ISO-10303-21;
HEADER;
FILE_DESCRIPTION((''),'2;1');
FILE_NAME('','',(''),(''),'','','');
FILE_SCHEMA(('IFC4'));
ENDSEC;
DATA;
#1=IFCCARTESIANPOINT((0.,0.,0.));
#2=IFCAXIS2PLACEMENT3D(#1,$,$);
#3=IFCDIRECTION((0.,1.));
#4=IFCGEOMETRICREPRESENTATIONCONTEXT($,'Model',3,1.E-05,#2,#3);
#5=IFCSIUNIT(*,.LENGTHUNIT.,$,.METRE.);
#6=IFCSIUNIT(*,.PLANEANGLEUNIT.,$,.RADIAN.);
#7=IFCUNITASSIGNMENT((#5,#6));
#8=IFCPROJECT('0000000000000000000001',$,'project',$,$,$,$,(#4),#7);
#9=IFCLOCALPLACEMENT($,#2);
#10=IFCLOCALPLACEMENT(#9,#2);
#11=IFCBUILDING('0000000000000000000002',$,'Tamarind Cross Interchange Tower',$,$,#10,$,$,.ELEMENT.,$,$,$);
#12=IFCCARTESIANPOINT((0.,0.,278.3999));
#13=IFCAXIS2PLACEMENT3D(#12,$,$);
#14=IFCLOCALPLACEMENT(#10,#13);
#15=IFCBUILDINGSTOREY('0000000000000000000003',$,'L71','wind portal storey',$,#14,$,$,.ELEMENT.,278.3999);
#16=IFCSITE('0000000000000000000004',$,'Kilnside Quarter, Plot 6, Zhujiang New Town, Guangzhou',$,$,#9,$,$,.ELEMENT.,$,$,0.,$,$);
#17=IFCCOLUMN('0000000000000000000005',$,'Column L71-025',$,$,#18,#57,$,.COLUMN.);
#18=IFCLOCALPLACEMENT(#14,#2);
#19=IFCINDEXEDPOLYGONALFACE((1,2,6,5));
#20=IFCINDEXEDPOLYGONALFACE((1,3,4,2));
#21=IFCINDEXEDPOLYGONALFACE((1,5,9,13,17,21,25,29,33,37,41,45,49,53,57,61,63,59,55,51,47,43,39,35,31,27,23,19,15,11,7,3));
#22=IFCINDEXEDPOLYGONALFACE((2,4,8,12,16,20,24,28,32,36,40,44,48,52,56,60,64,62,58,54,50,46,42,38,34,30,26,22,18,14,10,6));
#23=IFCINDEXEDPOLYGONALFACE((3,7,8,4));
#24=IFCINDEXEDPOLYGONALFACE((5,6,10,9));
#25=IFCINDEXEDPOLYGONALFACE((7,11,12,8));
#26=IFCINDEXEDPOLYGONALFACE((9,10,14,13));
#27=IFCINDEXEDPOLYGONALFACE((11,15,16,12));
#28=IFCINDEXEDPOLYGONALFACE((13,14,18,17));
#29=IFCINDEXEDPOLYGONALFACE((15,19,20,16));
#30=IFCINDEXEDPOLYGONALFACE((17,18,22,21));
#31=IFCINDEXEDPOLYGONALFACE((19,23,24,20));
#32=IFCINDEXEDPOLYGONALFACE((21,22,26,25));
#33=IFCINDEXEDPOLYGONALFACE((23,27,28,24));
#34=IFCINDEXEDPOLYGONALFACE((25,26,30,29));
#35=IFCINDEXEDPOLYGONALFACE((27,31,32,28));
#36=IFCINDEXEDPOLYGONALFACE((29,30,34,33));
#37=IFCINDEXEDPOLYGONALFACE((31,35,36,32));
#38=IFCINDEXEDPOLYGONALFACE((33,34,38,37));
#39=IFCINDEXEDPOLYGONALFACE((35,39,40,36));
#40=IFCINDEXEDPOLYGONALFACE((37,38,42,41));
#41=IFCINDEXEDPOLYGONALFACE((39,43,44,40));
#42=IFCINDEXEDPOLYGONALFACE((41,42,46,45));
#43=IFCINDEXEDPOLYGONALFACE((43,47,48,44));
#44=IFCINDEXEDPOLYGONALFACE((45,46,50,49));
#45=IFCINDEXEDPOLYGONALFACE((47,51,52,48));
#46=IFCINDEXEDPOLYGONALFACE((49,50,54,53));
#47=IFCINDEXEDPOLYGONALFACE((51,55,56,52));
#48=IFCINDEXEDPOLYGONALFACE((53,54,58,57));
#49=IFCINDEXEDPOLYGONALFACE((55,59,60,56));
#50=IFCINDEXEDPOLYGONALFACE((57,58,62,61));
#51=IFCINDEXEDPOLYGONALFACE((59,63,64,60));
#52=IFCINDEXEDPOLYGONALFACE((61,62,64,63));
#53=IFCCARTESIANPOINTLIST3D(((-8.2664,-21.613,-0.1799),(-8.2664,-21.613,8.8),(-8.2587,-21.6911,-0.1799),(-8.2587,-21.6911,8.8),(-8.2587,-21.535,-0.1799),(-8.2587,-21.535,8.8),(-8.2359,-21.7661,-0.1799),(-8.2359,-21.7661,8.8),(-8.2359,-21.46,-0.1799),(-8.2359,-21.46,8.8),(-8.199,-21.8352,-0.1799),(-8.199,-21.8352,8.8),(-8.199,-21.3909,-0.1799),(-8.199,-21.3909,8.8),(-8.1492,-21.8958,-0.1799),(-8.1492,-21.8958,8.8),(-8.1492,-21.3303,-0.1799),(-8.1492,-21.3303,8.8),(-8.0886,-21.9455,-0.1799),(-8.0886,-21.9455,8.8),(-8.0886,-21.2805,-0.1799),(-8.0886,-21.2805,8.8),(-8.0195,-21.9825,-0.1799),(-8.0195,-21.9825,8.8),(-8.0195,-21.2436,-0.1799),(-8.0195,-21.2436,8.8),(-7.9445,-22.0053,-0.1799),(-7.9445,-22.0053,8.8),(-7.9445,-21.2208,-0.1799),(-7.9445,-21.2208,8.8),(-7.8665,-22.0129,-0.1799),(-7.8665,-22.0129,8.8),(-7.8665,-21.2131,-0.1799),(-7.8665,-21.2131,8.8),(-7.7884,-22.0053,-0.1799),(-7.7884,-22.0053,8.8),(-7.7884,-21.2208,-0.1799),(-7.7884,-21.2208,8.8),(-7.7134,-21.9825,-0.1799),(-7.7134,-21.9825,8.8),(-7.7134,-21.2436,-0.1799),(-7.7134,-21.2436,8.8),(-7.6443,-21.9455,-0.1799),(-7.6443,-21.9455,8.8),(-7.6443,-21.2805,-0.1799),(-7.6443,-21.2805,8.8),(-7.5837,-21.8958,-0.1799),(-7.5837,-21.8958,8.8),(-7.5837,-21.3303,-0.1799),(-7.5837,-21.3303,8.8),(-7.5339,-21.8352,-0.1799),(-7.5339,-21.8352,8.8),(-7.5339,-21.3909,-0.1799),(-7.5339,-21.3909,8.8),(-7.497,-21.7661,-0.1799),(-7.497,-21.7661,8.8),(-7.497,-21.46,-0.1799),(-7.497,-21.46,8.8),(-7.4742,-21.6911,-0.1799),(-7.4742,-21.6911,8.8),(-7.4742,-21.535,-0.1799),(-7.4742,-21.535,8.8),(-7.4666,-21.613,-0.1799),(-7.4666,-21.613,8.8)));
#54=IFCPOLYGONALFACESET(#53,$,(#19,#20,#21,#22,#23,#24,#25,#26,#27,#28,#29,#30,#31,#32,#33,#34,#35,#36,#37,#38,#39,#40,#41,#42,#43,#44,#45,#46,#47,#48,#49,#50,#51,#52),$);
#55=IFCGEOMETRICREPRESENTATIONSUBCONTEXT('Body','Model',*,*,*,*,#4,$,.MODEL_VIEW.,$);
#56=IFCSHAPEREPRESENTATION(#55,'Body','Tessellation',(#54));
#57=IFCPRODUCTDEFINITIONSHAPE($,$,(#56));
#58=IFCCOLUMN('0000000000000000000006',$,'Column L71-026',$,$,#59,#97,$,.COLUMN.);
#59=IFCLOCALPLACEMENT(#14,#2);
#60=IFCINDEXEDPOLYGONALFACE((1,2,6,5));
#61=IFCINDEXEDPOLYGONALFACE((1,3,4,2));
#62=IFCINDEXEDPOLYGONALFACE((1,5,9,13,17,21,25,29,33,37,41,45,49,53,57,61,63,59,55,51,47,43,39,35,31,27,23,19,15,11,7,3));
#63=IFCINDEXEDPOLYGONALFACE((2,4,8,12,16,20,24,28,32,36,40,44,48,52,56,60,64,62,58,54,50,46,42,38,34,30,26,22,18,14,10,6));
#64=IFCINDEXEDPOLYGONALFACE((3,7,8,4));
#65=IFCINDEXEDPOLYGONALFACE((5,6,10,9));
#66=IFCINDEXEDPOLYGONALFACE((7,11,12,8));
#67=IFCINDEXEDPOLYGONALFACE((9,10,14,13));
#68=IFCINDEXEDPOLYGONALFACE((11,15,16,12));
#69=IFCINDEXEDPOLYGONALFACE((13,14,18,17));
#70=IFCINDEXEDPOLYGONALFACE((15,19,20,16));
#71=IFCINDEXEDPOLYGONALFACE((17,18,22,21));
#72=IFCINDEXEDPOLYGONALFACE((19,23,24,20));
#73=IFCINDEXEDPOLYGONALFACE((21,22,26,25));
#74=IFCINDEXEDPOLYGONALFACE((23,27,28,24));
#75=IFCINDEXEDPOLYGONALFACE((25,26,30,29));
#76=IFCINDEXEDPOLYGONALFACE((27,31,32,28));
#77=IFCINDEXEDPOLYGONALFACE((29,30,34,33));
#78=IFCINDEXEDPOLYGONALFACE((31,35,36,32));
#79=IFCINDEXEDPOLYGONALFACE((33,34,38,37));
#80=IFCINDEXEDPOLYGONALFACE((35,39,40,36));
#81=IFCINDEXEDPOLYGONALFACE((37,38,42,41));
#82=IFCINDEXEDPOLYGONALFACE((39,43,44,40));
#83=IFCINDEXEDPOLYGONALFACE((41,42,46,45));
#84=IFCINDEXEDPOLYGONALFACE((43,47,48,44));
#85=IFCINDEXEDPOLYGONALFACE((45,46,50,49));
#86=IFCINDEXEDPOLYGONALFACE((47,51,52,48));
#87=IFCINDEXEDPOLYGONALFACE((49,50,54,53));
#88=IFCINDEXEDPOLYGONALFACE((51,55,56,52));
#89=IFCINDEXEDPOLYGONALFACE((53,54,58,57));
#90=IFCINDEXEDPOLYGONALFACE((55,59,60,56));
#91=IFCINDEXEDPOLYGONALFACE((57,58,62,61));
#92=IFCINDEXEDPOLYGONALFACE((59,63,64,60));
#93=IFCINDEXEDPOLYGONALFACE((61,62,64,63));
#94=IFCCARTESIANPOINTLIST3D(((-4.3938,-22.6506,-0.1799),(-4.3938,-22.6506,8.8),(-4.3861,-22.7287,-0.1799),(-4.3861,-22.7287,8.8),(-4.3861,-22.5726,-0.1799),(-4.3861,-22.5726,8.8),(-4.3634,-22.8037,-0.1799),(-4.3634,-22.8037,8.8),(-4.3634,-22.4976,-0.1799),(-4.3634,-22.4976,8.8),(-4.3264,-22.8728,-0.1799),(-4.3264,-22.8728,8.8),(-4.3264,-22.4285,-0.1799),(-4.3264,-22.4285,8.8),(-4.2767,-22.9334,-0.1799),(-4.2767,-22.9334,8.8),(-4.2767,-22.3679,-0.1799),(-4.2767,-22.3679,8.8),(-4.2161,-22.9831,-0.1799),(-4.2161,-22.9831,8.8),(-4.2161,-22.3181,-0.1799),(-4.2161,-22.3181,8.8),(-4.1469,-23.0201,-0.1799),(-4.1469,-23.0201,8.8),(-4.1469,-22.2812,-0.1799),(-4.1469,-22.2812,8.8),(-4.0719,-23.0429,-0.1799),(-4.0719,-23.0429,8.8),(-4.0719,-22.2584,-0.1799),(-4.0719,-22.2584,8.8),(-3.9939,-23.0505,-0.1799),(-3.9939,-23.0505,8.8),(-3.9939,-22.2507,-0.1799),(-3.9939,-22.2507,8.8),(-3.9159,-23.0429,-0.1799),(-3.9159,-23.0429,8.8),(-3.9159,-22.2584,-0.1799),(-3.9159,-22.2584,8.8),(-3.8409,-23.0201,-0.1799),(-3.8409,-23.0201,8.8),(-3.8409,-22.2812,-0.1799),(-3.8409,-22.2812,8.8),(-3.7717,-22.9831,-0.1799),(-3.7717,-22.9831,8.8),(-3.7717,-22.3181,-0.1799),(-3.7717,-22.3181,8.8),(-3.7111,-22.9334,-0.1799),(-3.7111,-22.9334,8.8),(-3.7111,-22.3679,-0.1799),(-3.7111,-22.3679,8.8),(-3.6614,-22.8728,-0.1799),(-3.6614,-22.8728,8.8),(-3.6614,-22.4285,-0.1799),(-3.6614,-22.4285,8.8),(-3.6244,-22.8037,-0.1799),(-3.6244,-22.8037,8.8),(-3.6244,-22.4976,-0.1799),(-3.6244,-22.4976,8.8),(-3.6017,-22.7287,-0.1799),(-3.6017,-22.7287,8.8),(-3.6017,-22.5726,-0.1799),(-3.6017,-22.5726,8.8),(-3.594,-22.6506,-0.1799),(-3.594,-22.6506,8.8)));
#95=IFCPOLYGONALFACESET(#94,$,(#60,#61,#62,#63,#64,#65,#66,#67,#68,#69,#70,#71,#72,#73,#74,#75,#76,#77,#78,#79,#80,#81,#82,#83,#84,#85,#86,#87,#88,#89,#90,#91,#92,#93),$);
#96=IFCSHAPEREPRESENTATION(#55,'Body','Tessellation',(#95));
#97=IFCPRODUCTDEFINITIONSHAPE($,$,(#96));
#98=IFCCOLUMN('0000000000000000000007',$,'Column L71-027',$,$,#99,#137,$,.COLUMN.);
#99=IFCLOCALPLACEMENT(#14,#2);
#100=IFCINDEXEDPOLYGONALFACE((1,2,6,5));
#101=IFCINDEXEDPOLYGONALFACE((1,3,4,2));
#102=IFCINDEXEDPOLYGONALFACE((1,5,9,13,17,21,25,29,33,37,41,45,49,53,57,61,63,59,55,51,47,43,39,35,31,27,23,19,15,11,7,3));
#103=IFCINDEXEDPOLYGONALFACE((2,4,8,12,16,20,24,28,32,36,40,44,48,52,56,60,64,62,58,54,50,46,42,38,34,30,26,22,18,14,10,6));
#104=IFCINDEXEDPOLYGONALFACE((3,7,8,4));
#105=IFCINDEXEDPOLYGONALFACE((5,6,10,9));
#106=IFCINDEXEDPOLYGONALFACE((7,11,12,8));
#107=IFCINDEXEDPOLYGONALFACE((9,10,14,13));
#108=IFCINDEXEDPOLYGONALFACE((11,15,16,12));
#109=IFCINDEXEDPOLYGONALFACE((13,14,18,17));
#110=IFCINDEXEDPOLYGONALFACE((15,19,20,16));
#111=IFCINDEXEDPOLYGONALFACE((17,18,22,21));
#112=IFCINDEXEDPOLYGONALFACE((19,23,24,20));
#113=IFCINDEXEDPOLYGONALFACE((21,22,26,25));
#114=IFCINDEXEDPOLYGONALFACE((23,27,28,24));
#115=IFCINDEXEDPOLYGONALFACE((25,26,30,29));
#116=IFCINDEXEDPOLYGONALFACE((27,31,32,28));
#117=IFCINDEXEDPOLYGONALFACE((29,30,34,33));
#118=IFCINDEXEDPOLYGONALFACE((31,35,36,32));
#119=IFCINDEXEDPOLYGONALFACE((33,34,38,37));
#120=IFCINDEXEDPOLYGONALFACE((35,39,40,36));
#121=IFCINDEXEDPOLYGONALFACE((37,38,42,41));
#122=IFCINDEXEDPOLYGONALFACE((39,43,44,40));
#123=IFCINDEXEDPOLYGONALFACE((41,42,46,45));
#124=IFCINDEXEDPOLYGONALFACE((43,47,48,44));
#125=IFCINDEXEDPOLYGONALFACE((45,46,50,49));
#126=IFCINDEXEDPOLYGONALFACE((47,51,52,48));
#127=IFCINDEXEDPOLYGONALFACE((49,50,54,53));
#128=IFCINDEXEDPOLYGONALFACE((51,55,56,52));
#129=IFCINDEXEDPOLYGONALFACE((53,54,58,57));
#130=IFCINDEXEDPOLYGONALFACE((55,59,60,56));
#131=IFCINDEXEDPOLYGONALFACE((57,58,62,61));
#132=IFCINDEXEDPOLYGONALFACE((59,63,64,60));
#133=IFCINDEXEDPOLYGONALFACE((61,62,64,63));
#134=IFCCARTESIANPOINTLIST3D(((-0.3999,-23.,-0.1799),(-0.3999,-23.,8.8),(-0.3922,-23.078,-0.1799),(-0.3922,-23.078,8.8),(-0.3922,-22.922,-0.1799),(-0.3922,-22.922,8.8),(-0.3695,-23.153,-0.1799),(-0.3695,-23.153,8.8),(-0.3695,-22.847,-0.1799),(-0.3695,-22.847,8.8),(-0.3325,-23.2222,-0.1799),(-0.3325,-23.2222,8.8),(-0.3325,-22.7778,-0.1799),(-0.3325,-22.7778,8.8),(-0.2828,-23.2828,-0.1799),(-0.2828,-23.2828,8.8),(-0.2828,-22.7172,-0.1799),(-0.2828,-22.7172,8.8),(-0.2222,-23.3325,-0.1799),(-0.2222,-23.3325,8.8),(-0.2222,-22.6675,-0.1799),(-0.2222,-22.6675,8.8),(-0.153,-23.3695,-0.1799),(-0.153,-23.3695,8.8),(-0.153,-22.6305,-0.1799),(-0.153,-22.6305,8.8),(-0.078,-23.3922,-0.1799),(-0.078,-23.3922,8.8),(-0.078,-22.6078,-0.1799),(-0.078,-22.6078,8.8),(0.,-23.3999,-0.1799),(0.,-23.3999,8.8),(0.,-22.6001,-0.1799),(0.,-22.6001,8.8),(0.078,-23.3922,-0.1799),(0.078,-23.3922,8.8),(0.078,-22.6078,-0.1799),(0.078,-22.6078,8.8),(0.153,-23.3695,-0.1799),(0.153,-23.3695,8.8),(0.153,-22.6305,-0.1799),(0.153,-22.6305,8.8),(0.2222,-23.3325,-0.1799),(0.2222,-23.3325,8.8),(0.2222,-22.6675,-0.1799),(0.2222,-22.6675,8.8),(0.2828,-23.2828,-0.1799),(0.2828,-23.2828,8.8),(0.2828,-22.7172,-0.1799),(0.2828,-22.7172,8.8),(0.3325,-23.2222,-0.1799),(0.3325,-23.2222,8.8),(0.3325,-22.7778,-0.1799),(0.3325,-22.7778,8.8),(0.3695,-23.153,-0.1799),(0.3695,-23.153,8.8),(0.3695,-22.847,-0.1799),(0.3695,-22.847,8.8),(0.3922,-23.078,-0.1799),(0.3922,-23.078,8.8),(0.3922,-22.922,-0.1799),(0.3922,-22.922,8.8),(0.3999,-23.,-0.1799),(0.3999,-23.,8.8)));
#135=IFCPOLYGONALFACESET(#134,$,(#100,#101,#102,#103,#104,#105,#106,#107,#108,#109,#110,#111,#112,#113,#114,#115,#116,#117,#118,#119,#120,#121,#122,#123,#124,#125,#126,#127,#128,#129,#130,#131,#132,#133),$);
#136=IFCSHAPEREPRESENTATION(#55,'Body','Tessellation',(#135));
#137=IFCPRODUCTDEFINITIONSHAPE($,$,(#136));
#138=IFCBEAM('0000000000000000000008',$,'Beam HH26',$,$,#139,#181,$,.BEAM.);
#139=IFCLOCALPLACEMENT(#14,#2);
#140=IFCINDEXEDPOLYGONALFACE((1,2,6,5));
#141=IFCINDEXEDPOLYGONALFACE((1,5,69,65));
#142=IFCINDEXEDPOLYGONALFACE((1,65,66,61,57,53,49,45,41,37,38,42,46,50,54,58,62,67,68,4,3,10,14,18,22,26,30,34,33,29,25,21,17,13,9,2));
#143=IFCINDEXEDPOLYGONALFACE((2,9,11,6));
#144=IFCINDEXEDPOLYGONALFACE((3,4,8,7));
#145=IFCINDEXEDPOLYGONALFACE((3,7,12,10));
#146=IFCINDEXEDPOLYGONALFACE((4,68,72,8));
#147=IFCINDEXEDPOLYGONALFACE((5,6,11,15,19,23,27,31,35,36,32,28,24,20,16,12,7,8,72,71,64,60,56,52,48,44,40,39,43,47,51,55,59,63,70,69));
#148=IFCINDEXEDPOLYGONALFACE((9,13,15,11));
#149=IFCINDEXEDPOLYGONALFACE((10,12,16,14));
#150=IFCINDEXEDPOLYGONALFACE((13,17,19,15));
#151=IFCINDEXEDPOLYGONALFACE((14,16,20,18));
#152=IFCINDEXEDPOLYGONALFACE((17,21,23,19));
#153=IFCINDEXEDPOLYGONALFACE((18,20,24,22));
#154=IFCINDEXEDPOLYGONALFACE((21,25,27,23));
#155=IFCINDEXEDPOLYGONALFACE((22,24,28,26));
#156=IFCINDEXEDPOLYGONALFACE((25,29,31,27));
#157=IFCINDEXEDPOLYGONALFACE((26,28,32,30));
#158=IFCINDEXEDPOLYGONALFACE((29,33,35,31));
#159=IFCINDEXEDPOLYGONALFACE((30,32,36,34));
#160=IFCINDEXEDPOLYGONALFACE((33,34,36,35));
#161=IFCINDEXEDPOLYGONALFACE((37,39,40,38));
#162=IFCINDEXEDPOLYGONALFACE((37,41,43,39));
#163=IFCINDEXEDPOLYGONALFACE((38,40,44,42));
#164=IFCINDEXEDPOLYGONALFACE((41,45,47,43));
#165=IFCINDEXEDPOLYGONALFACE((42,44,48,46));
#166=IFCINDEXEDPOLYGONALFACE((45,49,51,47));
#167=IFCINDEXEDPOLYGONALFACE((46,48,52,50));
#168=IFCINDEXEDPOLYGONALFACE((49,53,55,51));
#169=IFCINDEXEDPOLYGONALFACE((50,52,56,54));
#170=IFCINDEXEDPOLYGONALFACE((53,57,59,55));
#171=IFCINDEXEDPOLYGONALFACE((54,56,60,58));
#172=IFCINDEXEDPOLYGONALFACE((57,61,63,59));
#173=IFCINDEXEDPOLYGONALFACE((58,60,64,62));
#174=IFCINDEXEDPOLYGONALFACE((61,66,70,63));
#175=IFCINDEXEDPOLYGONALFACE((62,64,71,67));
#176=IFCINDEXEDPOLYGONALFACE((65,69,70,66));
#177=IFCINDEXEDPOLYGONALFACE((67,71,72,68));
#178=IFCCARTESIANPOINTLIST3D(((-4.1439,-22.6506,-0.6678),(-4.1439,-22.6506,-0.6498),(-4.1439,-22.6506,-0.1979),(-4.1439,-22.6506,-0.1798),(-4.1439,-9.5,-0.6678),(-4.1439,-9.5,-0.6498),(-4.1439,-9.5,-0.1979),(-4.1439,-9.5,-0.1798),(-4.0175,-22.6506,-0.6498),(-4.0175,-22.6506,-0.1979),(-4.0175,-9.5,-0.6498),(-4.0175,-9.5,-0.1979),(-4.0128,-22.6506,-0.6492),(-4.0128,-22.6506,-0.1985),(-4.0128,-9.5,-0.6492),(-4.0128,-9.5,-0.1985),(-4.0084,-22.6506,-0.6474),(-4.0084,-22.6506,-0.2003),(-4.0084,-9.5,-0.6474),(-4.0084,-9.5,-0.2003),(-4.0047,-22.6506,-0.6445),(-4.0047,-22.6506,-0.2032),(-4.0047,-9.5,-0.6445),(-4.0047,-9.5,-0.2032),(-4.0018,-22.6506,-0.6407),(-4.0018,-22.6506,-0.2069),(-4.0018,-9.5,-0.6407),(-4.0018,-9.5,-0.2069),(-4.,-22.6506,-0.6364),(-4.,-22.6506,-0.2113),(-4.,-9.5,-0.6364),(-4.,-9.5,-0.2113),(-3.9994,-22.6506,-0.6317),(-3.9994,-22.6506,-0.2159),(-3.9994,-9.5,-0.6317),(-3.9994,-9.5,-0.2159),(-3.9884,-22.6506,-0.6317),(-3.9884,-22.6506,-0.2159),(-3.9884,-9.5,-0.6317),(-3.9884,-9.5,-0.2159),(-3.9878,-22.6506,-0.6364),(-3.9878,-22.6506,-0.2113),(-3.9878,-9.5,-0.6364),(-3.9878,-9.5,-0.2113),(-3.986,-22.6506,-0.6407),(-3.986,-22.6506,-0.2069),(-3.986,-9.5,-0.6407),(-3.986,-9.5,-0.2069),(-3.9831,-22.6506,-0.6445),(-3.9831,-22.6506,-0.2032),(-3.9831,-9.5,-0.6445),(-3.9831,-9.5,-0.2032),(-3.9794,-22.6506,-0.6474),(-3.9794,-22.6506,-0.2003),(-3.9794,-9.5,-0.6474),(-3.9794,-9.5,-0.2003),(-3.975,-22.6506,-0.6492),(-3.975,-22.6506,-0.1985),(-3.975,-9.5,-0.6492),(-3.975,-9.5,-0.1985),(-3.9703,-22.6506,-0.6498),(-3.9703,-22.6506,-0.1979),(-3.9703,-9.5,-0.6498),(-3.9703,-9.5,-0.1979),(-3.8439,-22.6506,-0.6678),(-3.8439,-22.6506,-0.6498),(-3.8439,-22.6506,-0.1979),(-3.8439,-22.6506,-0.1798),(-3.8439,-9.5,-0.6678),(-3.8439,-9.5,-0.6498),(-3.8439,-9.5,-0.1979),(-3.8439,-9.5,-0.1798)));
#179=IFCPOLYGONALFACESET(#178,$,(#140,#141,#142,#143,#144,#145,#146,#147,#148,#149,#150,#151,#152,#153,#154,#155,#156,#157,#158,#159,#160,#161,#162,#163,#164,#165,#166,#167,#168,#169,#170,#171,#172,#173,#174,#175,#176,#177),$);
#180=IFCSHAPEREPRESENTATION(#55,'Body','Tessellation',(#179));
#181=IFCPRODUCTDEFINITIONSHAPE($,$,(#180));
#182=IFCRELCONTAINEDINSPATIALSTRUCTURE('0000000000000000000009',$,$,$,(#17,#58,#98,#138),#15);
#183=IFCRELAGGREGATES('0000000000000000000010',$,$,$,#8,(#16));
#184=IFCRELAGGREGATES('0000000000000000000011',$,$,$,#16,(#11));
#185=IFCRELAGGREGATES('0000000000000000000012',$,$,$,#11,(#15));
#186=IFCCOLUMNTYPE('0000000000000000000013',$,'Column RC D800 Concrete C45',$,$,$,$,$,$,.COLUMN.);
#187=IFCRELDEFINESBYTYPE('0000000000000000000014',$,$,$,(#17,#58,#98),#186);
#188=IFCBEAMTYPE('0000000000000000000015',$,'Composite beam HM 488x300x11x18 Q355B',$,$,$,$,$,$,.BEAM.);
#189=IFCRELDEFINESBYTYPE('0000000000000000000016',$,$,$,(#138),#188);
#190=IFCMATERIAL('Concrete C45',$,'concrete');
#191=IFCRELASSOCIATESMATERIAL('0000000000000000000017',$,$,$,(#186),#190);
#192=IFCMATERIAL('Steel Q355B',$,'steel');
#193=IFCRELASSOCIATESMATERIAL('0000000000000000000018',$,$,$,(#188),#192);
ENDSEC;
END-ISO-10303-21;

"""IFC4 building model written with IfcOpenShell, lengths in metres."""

from ifc_helpers import new_model, si_unit, direction, frame, origin, origin_2d, place, context, subcontext, project, spatial, circle, i_section, extrude, material, material_profile, profile_set, type_object, element, save


model = new_model("IFC4")

# Units and contexts
model_context = context("Model", 3, precision=1e-05, world=origin(), true_north=direction((0.0, 1.0)))
body_context = subcontext(model_context, "Body", "Model", "MODEL_VIEW")
ifc_project = project(units=[si_unit("LENGTHUNIT", "METRE"), si_unit("PLANEANGLEUNIT", "RADIAN")], contexts=[model_context])

# Site, building, storey
site_placement = place(None, origin())
site = spatial("IfcSite", under=ifc_project, at=site_placement, Name="Kilnside Quarter, Plot 6, Zhujiang New Town, Guangzhou", CompositionType="ELEMENT", RefElevation=0.0)
building_placement = place(site_placement, origin())
building = spatial("IfcBuilding", under=site, at=building_placement, Name="Tamarind Cross Interchange Tower", CompositionType="ELEMENT")
storey_placement = place(building_placement, frame((0.0, 0.0, 278.3999)))
storey = spatial("IfcBuildingStorey", under=building, at=storey_placement, Name="L71", Description="wind portal storey", CompositionType="ELEMENT", Elevation=278.3999)

# Columns
ifc_material_1 = material(Name="Concrete C45", Category="concrete")
ifc_material_profile_1 = material_profile(ifc_material_1, circle(Radius=0.3999, at=origin_2d()), Name="RC D800")
ifc_profile_set_1 = profile_set([ifc_material_profile_1], Name="Concrete C45")
column_type = type_object("IfcColumnType", Name="Column RC D800 Concrete C45", PredefinedType="COLUMN", material=ifc_profile_set_1)
for number, where, z_axis, x_axis, name in (
    (1, (-7.8665, -21.613, -0.1799), (0.0, 0.0, 1.0), (1.0, 0.0, 0.0), "Column L71-025"),
    (2, (-3.9939, -22.6506, -0.1799), (0.0, 0.0, 1.0), (1.0, 0.0, 0.0), "Column L71-026"),
    (3, (0.0, -23.0, -0.1799), (0.0, 0.0, 1.0), (1.0, 0.0, 0.0), "Column L71-027"),
):
    element("IfcColumn", number, at=place(storey_placement, frame(where, z_axis=z_axis, x_axis=x_axis)), inside=storey, type_object=column_type, Name=name, PredefinedType="COLUMN", context=body_context, shape_type="SweptSolid", body=[
        extrude(circle(Radius=0.3999, at=origin_2d()), origin(), (0.0, 0.0, 1.0), 8.98),
    ])

# Beam
ifc_material_2 = material(Name="Steel Q355B", Category="steel")
ifc_material_profile_2 = material_profile(ifc_material_2, i_section(OverallWidth=0.3, OverallDepth=0.488, WebThickness=0.011, FlangeThickness=0.0181, FilletRadius=0.0181, at=origin_2d()), Name="HM 488x300x11x18")
ifc_profile_set_2 = profile_set([ifc_material_profile_2], Name="Steel Q355B")
beam_type_1 = type_object("IfcBeamType", Name="Composite beam HM 488x300x11x18 Q355B", PredefinedType="BEAM", material=ifc_profile_set_2)
beam_1_placement = place(storey_placement, frame((-3.9939, -22.6506, -0.4238), z_axis=(0.0, 1.0, 0.0), x_axis=(-1.0, 0.0, 0.0)))
element("IfcBeam", 4, at=beam_1_placement, inside=storey, type_object=beam_type_1, Name="Beam HH26", PredefinedType="BEAM", context=body_context, shape_type="SweptSolid", body=[
    extrude(i_section(OverallWidth=0.3, OverallDepth=0.488, WebThickness=0.011, FlangeThickness=0.0181, FilletRadius=0.0181, at=origin_2d()), origin(), (0.0, 0.0, 1.0), 13.1506),
])

save(model, "model.ifc")
